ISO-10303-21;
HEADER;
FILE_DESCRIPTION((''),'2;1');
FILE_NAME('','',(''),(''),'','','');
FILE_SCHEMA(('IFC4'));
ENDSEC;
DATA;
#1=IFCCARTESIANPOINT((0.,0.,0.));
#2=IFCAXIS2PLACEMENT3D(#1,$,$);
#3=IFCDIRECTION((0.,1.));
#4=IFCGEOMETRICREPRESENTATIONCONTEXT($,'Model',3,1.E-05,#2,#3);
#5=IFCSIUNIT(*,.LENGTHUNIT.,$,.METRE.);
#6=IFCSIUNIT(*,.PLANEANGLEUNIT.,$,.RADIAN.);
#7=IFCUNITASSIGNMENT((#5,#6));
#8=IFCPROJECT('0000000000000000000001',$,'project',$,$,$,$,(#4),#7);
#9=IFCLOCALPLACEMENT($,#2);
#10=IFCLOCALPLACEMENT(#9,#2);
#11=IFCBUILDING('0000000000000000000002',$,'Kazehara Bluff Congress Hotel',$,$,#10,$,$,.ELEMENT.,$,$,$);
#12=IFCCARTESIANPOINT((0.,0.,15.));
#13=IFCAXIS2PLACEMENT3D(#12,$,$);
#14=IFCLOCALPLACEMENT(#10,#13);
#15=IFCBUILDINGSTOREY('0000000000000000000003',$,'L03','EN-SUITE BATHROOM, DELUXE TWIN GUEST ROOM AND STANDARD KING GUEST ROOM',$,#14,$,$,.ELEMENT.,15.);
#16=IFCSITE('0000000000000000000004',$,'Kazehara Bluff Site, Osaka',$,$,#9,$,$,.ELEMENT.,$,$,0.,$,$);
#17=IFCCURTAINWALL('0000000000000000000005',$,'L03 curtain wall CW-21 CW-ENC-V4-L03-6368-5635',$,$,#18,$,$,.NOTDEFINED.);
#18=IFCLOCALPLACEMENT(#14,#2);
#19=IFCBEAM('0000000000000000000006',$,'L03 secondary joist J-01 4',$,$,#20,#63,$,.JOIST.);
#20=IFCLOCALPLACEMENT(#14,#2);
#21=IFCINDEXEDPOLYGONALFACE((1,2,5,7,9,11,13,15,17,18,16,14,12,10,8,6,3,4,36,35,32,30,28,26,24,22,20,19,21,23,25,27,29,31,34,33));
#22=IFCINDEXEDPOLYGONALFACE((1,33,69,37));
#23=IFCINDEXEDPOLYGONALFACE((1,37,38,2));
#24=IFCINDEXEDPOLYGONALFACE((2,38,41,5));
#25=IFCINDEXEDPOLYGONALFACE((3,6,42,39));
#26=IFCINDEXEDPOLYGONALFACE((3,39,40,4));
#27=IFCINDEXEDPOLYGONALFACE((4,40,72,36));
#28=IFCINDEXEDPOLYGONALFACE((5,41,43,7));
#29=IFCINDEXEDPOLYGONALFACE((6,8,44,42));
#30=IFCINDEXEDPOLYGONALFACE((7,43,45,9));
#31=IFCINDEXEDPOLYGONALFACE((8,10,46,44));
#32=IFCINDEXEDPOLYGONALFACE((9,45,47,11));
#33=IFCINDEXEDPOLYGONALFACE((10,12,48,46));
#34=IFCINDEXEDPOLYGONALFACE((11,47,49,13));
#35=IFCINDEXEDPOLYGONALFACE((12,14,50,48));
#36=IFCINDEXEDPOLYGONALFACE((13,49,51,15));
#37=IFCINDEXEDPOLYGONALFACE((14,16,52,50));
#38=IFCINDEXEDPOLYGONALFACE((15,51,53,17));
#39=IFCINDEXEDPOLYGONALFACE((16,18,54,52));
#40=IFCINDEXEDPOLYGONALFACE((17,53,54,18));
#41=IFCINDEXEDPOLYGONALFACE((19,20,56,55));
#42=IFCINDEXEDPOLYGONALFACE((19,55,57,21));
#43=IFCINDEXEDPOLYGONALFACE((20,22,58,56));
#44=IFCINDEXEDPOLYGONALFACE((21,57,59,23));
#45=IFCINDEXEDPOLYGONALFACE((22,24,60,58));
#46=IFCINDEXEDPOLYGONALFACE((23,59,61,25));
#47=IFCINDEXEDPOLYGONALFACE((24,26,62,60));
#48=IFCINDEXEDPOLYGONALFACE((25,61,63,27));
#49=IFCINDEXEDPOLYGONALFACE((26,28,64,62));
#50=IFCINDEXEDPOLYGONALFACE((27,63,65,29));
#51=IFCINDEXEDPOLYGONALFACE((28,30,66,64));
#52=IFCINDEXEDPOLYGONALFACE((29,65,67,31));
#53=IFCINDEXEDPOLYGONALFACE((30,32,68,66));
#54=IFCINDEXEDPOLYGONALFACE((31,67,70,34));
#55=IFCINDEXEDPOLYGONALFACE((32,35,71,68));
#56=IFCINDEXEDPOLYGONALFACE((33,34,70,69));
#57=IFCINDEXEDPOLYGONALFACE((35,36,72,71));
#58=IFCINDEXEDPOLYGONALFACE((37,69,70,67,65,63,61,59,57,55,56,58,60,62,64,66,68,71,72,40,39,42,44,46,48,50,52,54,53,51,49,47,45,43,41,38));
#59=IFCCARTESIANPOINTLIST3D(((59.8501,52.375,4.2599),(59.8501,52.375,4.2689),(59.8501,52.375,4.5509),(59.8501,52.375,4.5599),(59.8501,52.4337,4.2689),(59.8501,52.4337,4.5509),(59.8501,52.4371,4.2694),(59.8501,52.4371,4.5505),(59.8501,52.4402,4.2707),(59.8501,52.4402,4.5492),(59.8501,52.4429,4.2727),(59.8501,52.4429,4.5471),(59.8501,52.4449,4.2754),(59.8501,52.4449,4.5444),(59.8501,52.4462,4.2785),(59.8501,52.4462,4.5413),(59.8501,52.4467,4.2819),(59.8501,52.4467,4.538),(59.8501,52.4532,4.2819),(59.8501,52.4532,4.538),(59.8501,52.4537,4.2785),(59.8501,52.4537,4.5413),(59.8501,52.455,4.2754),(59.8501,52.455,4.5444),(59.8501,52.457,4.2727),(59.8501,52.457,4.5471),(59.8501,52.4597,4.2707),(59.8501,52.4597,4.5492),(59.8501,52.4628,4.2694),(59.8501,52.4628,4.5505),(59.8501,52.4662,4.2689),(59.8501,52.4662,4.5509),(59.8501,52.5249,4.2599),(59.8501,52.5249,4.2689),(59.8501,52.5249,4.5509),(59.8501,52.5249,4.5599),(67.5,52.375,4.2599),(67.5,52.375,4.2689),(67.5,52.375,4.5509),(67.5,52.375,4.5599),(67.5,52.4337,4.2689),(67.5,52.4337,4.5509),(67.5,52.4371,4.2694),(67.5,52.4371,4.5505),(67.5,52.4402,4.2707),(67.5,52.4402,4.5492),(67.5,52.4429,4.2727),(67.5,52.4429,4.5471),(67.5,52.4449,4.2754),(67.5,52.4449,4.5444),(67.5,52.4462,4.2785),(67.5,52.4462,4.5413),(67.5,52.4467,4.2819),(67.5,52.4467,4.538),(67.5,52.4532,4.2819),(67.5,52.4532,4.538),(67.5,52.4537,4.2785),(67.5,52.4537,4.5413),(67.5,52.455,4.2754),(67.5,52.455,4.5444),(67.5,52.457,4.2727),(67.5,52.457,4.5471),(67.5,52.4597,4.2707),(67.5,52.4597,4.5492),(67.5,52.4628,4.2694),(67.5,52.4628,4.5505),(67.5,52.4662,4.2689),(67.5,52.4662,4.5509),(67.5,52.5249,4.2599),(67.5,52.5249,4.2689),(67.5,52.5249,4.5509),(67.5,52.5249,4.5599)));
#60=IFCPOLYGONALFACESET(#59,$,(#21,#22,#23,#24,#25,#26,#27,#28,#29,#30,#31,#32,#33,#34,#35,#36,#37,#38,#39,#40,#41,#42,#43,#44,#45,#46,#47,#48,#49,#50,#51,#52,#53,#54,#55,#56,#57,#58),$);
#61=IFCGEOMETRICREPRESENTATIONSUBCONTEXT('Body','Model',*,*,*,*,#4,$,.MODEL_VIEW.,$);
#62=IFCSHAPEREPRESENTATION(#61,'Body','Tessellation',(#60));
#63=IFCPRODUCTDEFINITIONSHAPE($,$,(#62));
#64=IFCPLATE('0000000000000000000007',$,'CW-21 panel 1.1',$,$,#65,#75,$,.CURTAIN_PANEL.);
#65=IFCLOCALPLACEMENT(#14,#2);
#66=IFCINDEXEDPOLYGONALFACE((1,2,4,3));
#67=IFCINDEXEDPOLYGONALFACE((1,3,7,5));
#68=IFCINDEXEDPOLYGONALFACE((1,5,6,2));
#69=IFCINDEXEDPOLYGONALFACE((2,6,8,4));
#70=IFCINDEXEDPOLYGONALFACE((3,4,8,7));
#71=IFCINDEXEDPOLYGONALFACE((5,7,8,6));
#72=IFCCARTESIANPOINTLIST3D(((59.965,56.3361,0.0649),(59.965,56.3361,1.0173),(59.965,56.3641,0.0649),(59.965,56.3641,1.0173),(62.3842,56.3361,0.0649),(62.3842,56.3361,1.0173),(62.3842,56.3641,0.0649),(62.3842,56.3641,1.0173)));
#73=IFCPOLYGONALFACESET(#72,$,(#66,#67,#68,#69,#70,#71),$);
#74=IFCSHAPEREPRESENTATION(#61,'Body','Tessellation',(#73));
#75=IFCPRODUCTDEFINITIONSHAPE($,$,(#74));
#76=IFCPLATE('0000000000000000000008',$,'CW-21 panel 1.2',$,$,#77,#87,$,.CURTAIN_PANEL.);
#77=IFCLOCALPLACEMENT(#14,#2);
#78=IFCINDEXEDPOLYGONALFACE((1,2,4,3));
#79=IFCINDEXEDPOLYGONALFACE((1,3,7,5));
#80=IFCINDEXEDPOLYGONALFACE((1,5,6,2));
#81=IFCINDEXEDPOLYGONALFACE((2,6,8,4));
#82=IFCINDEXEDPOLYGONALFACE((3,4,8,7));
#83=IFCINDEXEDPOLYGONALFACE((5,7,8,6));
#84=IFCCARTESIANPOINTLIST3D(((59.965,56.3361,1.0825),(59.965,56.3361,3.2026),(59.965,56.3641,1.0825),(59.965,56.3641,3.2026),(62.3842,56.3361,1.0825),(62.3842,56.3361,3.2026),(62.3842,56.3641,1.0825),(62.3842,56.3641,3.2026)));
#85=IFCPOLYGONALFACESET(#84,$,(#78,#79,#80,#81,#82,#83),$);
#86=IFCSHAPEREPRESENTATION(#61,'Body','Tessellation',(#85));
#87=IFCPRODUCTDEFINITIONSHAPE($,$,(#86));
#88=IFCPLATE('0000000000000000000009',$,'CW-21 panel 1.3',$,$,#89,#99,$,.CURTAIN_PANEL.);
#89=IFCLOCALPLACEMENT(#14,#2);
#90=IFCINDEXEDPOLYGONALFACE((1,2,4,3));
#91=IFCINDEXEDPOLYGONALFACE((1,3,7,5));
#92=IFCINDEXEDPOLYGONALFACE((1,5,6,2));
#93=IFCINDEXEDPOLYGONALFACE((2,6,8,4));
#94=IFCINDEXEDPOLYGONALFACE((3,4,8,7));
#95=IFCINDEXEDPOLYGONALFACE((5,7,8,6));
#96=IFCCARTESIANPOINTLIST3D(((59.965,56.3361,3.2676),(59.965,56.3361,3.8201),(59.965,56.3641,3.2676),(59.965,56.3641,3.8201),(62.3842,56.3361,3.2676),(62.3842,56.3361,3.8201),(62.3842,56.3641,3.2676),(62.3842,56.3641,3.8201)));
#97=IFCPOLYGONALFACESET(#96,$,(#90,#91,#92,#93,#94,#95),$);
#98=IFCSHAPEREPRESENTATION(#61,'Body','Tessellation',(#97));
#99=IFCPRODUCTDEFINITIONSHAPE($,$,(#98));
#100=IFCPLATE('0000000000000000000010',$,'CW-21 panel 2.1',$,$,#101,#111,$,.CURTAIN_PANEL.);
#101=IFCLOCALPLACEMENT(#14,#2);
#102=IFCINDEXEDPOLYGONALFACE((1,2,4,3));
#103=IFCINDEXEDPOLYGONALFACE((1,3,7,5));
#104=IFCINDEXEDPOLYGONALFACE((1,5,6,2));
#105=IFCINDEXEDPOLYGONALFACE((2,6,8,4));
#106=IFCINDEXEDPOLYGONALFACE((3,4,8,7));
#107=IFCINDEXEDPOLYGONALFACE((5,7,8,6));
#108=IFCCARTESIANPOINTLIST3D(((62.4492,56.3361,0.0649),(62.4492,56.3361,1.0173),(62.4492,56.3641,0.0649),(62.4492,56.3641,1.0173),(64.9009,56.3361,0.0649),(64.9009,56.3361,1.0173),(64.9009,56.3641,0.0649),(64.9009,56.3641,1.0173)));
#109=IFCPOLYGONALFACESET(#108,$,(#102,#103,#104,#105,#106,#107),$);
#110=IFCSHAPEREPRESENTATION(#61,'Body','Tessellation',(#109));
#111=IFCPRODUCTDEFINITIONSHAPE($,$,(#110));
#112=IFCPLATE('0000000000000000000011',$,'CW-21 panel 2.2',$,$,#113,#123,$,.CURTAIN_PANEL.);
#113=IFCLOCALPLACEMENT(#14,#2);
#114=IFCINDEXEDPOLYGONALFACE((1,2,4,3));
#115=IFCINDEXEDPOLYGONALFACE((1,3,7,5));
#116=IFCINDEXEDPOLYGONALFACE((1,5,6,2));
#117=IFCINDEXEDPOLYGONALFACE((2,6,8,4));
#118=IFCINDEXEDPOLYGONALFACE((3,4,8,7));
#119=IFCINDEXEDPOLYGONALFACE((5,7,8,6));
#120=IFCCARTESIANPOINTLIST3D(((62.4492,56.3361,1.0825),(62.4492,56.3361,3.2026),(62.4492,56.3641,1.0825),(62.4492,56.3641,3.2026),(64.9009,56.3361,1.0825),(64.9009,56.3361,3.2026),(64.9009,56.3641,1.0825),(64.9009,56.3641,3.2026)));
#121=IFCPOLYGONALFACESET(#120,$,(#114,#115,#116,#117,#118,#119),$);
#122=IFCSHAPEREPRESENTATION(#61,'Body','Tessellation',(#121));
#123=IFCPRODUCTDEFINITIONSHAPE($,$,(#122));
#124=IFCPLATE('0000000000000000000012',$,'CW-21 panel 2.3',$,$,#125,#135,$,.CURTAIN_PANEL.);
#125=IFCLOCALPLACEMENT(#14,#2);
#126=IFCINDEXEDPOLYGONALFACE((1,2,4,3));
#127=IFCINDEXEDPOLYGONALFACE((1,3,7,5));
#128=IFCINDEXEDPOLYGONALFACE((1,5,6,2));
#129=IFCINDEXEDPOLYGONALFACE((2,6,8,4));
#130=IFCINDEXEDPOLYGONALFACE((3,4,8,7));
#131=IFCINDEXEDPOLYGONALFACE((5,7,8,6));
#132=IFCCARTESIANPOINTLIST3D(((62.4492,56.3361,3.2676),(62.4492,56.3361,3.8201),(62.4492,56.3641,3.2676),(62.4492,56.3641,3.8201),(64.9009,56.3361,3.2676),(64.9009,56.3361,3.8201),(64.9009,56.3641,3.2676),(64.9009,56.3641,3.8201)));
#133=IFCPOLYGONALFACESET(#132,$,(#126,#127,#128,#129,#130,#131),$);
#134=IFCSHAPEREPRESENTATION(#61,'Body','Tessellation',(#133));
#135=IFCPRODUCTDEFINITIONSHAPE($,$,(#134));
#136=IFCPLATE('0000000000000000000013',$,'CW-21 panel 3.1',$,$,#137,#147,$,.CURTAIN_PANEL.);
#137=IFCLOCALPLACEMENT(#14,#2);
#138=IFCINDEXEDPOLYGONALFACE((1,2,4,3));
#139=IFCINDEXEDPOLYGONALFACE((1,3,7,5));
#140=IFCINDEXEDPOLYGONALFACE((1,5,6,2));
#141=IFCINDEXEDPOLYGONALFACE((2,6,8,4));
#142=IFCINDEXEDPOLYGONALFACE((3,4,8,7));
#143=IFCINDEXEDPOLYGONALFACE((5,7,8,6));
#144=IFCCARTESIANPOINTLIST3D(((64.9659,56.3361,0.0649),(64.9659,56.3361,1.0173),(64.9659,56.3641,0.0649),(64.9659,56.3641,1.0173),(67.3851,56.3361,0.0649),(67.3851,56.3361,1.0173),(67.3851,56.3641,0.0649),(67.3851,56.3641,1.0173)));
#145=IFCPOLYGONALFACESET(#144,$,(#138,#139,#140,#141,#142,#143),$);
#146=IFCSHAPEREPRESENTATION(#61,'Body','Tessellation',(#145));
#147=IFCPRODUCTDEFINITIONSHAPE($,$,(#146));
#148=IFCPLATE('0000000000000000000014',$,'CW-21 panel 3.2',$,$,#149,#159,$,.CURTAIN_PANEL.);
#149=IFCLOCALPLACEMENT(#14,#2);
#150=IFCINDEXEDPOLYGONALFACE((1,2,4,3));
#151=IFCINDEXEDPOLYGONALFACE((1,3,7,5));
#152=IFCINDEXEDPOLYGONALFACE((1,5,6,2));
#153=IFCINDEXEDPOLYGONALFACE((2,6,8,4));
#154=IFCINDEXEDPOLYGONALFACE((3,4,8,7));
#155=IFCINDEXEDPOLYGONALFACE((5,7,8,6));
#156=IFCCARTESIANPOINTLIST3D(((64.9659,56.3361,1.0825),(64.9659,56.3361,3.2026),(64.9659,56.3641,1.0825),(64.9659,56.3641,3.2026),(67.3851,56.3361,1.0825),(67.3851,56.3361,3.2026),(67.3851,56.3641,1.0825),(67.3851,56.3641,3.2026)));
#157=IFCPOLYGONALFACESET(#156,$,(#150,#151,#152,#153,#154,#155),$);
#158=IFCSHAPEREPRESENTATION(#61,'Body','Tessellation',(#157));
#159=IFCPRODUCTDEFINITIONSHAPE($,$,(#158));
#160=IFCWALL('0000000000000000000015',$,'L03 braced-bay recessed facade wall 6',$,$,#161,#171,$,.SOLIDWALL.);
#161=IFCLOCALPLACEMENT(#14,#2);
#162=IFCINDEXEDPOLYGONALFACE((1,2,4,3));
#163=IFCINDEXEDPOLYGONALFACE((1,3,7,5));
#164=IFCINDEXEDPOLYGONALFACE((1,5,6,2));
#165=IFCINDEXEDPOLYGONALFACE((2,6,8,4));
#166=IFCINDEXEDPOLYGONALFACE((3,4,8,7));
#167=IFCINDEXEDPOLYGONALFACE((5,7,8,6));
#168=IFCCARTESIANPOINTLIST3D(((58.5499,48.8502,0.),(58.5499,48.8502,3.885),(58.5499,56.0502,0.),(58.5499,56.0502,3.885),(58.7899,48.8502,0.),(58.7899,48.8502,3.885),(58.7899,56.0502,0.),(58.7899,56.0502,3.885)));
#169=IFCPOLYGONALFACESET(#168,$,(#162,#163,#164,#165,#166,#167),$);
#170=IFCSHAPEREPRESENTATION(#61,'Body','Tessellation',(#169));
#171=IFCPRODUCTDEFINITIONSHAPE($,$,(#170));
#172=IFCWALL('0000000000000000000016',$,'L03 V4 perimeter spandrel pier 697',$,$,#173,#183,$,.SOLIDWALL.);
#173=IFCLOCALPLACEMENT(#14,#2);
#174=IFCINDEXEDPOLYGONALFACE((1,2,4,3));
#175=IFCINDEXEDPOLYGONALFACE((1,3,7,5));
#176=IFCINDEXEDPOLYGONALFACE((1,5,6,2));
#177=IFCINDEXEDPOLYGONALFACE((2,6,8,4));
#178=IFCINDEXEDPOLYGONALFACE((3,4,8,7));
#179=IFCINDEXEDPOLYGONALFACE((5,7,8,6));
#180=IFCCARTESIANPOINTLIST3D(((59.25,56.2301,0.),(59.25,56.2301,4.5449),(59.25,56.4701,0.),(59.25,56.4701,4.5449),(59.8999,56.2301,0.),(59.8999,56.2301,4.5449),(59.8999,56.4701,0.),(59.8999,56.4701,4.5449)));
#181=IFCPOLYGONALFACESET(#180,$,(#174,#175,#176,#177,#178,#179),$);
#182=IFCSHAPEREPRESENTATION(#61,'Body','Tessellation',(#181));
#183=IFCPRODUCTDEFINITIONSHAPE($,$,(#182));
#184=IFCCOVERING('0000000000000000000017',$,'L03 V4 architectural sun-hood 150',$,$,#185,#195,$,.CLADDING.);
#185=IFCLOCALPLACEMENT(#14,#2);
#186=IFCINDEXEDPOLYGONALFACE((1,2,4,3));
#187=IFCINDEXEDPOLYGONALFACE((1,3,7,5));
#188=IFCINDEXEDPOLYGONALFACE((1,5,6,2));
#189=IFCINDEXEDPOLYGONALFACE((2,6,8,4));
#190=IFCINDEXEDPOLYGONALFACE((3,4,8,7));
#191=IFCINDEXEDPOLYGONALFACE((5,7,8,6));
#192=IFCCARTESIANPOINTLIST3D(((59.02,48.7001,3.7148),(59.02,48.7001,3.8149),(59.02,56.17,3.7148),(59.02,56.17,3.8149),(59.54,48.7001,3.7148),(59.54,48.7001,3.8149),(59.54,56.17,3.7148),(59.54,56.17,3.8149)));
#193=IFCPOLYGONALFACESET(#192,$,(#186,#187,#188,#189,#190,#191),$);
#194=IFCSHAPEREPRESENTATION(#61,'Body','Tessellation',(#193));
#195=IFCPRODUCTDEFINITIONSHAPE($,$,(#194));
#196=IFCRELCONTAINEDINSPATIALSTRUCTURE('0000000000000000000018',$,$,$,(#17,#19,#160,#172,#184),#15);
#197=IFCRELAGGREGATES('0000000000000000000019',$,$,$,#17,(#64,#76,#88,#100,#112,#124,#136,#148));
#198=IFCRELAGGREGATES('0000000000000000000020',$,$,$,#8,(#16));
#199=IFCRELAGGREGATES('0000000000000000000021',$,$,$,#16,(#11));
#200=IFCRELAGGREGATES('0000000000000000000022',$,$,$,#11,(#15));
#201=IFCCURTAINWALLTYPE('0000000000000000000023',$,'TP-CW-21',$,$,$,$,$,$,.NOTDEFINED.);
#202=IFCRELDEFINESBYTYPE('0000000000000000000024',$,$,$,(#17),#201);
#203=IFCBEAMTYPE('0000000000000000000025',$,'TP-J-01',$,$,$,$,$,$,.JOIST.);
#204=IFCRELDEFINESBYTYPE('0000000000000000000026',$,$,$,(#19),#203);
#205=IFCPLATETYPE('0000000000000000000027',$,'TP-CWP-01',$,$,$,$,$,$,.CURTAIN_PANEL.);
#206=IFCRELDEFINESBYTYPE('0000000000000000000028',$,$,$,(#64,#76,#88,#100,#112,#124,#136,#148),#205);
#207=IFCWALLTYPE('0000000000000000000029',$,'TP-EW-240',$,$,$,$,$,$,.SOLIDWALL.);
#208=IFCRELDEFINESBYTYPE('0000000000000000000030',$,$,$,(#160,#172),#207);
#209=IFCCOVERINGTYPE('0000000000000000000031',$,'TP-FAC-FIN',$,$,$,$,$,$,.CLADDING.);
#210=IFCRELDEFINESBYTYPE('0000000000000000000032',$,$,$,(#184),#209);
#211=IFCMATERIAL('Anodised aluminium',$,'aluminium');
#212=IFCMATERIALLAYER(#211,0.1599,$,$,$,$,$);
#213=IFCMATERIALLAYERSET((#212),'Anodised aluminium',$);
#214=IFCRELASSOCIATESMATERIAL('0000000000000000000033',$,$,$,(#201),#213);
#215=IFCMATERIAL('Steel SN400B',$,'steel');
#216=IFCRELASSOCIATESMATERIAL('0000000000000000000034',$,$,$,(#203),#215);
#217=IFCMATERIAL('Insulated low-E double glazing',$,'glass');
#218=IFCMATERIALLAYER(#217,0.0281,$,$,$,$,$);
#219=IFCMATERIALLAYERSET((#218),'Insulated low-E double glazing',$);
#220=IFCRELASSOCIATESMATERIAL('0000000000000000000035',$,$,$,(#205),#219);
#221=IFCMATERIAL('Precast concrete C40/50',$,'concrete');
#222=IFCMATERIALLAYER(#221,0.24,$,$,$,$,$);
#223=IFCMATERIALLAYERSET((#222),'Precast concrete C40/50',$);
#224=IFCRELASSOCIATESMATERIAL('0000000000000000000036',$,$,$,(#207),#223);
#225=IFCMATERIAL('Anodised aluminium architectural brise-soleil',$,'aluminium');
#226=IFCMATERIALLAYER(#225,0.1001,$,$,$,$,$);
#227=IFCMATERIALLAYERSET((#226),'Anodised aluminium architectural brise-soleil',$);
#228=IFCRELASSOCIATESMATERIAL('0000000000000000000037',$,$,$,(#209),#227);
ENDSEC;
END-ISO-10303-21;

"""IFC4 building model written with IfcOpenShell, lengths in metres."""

from ifc_helpers import new_model, si_unit, direction, frame, frame_2d, origin, origin_2d, place, context, subcontext, project, spatial, rectangle, i_section, extrude, material, layer, layer_set, material_profile, profile_set, type_object, element, aggregate, save


model = new_model("IFC4")

# Units and contexts
model_context = context("Model", 3, precision=1e-05, world=origin(), true_north=direction((0.0, 1.0)))
body_context = subcontext(model_context, "Body", "Model", "MODEL_VIEW")
ifc_project = project(units=[si_unit("LENGTHUNIT", "METRE"), si_unit("PLANEANGLEUNIT", "RADIAN")], contexts=[model_context])

# Site, building, storey
site_placement = place(None, origin())
site = spatial("IfcSite", under=ifc_project, at=site_placement, Name="Kazehara Bluff Site, Osaka", CompositionType="ELEMENT", RefElevation=0.0)
building_placement = place(site_placement, origin())
building = spatial("IfcBuilding", under=site, at=building_placement, Name="Kazehara Bluff Congress Hotel", CompositionType="ELEMENT")
storey_placement = place(building_placement, frame((0.0, 0.0, 15.0)))
storey = spatial("IfcBuildingStorey", under=building, at=storey_placement, Name="L03", Description="EN-SUITE BATHROOM, DELUXE TWIN GUEST ROOM AND STANDARD KING GUEST ROOM", CompositionType="ELEMENT", Elevation=15.0)

# Curtain wall
ifc_material_1 = material(Name="Anodised aluminium", Category="aluminium")
ifc_layer_1 = layer(ifc_material_1, 0.1599)
ifc_layer_set_1 = layer_set([ifc_layer_1], Name="Anodised aluminium")
curtain_wall_type = type_object("IfcCurtainWallType", Name="TP-CW-21", PredefinedType="NOTDEFINED", material=ifc_layer_set_1)
curtain_wall_placement = place(storey_placement, origin())
curtain_wall = element("IfcCurtainWall", 1, at=curtain_wall_placement, inside=storey, type_object=curtain_wall_type, Name="L03 curtain wall CW-21 CW-ENC-V4-L03-6368-5635", PredefinedType="NOTDEFINED")

# Beam
ifc_material_2 = material(Name="Steel SN400B", Category="steel")
ifc_material_profile_1 = material_profile(ifc_material_2, i_section(OverallWidth=0.1499, OverallDepth=0.3, WebThickness=0.0066, FlangeThickness=0.009, FilletRadius=0.0129, at=origin_2d()))
ifc_profile_set_1 = profile_set([ifc_material_profile_1], Name="Steel SN400B")
beam_type_1 = type_object("IfcBeamType", Name="TP-J-01", PredefinedType="JOIST", material=ifc_profile_set_1)
beam_1_placement = place(storey_placement, frame((59.8501, 52.45, 4.4099), z_axis=(1.0, 0.0, 0.0), x_axis=(0.0, 1.0, 0.0)))
element("IfcBeam", 2, at=beam_1_placement, inside=storey, type_object=beam_type_1, Name="L03 secondary joist J-01 4", PredefinedType="JOIST", context=body_context, shape_type="SweptSolid", body=[
    extrude(i_section(OverallWidth=0.1499, OverallDepth=0.3, WebThickness=0.0066, FlangeThickness=0.009, FilletRadius=0.0129, at=origin_2d()), origin(), (0.0, 0.0, 1.0), 7.6499),
])

# Plates
ifc_material_3 = material(Name="Insulated low-E double glazing", Category="glass")
ifc_layer_2 = layer(ifc_material_3, 0.0281)
ifc_layer_set_2 = layer_set([ifc_layer_2], Name="Insulated low-E double glazing")
plate_type = type_object("IfcPlateType", Name="TP-CWP-01", PredefinedType="CURTAIN_PANEL", material=ifc_layer_set_2)
plate_1_placement = place(storey_placement, frame((61.1746, 56.3501, 0.0649), z_axis=(0.0, 0.0, 1.0), x_axis=(1.0, 0.0, 0.0)))
plate_1 = element("IfcPlate", 3, at=plate_1_placement, type_object=plate_type, Name="CW-21 panel 1.1", PredefinedType="CURTAIN_PANEL", context=body_context, shape_type="SweptSolid", body=[
    extrude(rectangle(XDim=2.4192, YDim=0.0281, at=origin_2d()), origin(), (0.0, 0.0, 1.0), 0.9524),
])
plate_2_placement = place(storey_placement, frame((61.1746, 56.3501, 1.0825), z_axis=(0.0, 0.0, 1.0), x_axis=(1.0, 0.0, 0.0)))
plate_2 = element("IfcPlate", 4, at=plate_2_placement, type_object=plate_type, Name="CW-21 panel 1.2", PredefinedType="CURTAIN_PANEL", context=body_context, shape_type="SweptSolid", body=[
    extrude(rectangle(XDim=2.4192, YDim=0.0281, at=origin_2d()), origin(), (0.0, 0.0, 1.0), 2.1201),
])
plate_3_placement = place(storey_placement, frame((61.1746, 56.3501, 3.2676), z_axis=(0.0, 0.0, 1.0), x_axis=(1.0, 0.0, 0.0)))
plate_3 = element("IfcPlate", 5, at=plate_3_placement, type_object=plate_type, Name="CW-21 panel 1.3", PredefinedType="CURTAIN_PANEL", context=body_context, shape_type="SweptSolid", body=[
    extrude(rectangle(XDim=2.4192, YDim=0.0281, at=origin_2d()), origin(), (0.0, 0.0, 1.0), 0.5525),
])
plate_4_placement = place(storey_placement, frame((63.675, 56.3501, 0.0649), z_axis=(0.0, 0.0, 1.0), x_axis=(1.0, 0.0, 0.0)))
plate_4 = element("IfcPlate", 6, at=plate_4_placement, type_object=plate_type, Name="CW-21 panel 2.1", PredefinedType="CURTAIN_PANEL", context=body_context, shape_type="SweptSolid", body=[
    extrude(rectangle(XDim=2.4517, YDim=0.0281, at=origin_2d()), origin(), (0.0, 0.0, 1.0), 0.9524),
])
plate_5_placement = place(storey_placement, frame((63.675, 56.3501, 1.0825), z_axis=(0.0, 0.0, 1.0), x_axis=(1.0, 0.0, 0.0)))
plate_5 = element("IfcPlate", 7, at=plate_5_placement, type_object=plate_type, Name="CW-21 panel 2.2", PredefinedType="CURTAIN_PANEL", context=body_context, shape_type="SweptSolid", body=[
    extrude(rectangle(XDim=2.4517, YDim=0.0281, at=origin_2d()), origin(), (0.0, 0.0, 1.0), 2.1201),
])
plate_6_placement = place(storey_placement, frame((63.675, 56.3501, 3.2676), z_axis=(0.0, 0.0, 1.0), x_axis=(1.0, 0.0, 0.0)))
plate_6 = element("IfcPlate", 8, at=plate_6_placement, type_object=plate_type, Name="CW-21 panel 2.3", PredefinedType="CURTAIN_PANEL", context=body_context, shape_type="SweptSolid", body=[
    extrude(rectangle(XDim=2.4517, YDim=0.0281, at=origin_2d()), origin(), (0.0, 0.0, 1.0), 0.5525),
])
plate_7_placement = place(storey_placement, frame((66.1755, 56.3501, 0.0649), z_axis=(0.0, 0.0, 1.0), x_axis=(1.0, 0.0, 0.0)))
plate_7 = element("IfcPlate", 9, at=plate_7_placement, type_object=plate_type, Name="CW-21 panel 3.1", PredefinedType="CURTAIN_PANEL", context=body_context, shape_type="SweptSolid", body=[
    extrude(rectangle(XDim=2.4192, YDim=0.0281, at=origin_2d()), origin(), (0.0, 0.0, 1.0), 0.9524),
])
plate_8_placement = place(storey_placement, frame((66.1755, 56.3501, 1.0825), z_axis=(0.0, 0.0, 1.0), x_axis=(1.0, 0.0, 0.0)))
plate_8 = element("IfcPlate", 10, at=plate_8_placement, type_object=plate_type, Name="CW-21 panel 3.2", PredefinedType="CURTAIN_PANEL", context=body_context, shape_type="SweptSolid", body=[
    extrude(rectangle(XDim=2.4192, YDim=0.0281, at=origin_2d()), origin(), (0.0, 0.0, 1.0), 2.1201),
])
aggregate(curtain_wall, [plate_1, plate_2, plate_3, plate_4, plate_5, plate_6, plate_7, plate_8])

# Walls
ifc_material_4 = material(Name="Precast concrete C40/50", Category="concrete")
ifc_layer_3 = layer(ifc_material_4, 0.24)
ifc_layer_set_3 = layer_set([ifc_layer_3], Name="Precast concrete C40/50")
wall_type = type_object("IfcWallType", Name="TP-EW-240", PredefinedType="SOLIDWALL", material=ifc_layer_set_3)
wall_1_placement = place(storey_placement, frame((58.6699, 48.8501, 0.0), z_axis=(0.0, 0.0, 1.0), x_axis=(0.0, 1.0, 0.0)))
element("IfcWall", 11, at=wall_1_placement, inside=storey, type_object=wall_type, Name="L03 braced-bay recessed facade wall 6", PredefinedType="SOLIDWALL", context=body_context, shape_type="SweptSolid", body=[
    extrude(rectangle(XDim=7.2, YDim=0.24, at=frame_2d((3.6001, 0.0))), origin(), (0.0, 0.0, 1.0), 3.885),
])
wall_2_placement = place(storey_placement, frame((59.25, 56.3501, 0.0), z_axis=(0.0, 0.0, 1.0), x_axis=(1.0, 0.0, 0.0)))
element("IfcWall", 12, at=wall_2_placement, inside=storey, type_object=wall_type, Name="L03 V4 perimeter spandrel pier 697", PredefinedType="SOLIDWALL", context=body_context, shape_type="SweptSolid", body=[
    extrude(rectangle(XDim=0.6499, YDim=0.24, at=frame_2d((0.325, 0.0))), origin(), (0.0, 0.0, 1.0), 4.5449),
])

# Covering
ifc_material_5 = material(Name="Anodised aluminium architectural brise-soleil", Category="aluminium")
ifc_layer_4 = layer(ifc_material_5, 0.1001)
ifc_layer_set_4 = layer_set([ifc_layer_4], Name="Anodised aluminium architectural brise-soleil")
covering_type = type_object("IfcCoveringType", Name="TP-FAC-FIN", PredefinedType="CLADDING", material=ifc_layer_set_4)
covering_placement = place(storey_placement, frame((59.28, 52.4351, 3.7148), z_axis=(0.0, 0.0, 1.0), x_axis=(1.0, 0.0, 0.0)))
element("IfcCovering", 13, at=covering_placement, inside=storey, type_object=covering_type, Name="L03 V4 architectural sun-hood 150", PredefinedType="CLADDING", context=body_context, shape_type="SweptSolid", body=[
    extrude(rectangle(XDim=0.52, YDim=7.47, at=origin_2d()), origin(), (0.0, 0.0, 1.0), 0.1001),
])

save(model, "model.ifc")
